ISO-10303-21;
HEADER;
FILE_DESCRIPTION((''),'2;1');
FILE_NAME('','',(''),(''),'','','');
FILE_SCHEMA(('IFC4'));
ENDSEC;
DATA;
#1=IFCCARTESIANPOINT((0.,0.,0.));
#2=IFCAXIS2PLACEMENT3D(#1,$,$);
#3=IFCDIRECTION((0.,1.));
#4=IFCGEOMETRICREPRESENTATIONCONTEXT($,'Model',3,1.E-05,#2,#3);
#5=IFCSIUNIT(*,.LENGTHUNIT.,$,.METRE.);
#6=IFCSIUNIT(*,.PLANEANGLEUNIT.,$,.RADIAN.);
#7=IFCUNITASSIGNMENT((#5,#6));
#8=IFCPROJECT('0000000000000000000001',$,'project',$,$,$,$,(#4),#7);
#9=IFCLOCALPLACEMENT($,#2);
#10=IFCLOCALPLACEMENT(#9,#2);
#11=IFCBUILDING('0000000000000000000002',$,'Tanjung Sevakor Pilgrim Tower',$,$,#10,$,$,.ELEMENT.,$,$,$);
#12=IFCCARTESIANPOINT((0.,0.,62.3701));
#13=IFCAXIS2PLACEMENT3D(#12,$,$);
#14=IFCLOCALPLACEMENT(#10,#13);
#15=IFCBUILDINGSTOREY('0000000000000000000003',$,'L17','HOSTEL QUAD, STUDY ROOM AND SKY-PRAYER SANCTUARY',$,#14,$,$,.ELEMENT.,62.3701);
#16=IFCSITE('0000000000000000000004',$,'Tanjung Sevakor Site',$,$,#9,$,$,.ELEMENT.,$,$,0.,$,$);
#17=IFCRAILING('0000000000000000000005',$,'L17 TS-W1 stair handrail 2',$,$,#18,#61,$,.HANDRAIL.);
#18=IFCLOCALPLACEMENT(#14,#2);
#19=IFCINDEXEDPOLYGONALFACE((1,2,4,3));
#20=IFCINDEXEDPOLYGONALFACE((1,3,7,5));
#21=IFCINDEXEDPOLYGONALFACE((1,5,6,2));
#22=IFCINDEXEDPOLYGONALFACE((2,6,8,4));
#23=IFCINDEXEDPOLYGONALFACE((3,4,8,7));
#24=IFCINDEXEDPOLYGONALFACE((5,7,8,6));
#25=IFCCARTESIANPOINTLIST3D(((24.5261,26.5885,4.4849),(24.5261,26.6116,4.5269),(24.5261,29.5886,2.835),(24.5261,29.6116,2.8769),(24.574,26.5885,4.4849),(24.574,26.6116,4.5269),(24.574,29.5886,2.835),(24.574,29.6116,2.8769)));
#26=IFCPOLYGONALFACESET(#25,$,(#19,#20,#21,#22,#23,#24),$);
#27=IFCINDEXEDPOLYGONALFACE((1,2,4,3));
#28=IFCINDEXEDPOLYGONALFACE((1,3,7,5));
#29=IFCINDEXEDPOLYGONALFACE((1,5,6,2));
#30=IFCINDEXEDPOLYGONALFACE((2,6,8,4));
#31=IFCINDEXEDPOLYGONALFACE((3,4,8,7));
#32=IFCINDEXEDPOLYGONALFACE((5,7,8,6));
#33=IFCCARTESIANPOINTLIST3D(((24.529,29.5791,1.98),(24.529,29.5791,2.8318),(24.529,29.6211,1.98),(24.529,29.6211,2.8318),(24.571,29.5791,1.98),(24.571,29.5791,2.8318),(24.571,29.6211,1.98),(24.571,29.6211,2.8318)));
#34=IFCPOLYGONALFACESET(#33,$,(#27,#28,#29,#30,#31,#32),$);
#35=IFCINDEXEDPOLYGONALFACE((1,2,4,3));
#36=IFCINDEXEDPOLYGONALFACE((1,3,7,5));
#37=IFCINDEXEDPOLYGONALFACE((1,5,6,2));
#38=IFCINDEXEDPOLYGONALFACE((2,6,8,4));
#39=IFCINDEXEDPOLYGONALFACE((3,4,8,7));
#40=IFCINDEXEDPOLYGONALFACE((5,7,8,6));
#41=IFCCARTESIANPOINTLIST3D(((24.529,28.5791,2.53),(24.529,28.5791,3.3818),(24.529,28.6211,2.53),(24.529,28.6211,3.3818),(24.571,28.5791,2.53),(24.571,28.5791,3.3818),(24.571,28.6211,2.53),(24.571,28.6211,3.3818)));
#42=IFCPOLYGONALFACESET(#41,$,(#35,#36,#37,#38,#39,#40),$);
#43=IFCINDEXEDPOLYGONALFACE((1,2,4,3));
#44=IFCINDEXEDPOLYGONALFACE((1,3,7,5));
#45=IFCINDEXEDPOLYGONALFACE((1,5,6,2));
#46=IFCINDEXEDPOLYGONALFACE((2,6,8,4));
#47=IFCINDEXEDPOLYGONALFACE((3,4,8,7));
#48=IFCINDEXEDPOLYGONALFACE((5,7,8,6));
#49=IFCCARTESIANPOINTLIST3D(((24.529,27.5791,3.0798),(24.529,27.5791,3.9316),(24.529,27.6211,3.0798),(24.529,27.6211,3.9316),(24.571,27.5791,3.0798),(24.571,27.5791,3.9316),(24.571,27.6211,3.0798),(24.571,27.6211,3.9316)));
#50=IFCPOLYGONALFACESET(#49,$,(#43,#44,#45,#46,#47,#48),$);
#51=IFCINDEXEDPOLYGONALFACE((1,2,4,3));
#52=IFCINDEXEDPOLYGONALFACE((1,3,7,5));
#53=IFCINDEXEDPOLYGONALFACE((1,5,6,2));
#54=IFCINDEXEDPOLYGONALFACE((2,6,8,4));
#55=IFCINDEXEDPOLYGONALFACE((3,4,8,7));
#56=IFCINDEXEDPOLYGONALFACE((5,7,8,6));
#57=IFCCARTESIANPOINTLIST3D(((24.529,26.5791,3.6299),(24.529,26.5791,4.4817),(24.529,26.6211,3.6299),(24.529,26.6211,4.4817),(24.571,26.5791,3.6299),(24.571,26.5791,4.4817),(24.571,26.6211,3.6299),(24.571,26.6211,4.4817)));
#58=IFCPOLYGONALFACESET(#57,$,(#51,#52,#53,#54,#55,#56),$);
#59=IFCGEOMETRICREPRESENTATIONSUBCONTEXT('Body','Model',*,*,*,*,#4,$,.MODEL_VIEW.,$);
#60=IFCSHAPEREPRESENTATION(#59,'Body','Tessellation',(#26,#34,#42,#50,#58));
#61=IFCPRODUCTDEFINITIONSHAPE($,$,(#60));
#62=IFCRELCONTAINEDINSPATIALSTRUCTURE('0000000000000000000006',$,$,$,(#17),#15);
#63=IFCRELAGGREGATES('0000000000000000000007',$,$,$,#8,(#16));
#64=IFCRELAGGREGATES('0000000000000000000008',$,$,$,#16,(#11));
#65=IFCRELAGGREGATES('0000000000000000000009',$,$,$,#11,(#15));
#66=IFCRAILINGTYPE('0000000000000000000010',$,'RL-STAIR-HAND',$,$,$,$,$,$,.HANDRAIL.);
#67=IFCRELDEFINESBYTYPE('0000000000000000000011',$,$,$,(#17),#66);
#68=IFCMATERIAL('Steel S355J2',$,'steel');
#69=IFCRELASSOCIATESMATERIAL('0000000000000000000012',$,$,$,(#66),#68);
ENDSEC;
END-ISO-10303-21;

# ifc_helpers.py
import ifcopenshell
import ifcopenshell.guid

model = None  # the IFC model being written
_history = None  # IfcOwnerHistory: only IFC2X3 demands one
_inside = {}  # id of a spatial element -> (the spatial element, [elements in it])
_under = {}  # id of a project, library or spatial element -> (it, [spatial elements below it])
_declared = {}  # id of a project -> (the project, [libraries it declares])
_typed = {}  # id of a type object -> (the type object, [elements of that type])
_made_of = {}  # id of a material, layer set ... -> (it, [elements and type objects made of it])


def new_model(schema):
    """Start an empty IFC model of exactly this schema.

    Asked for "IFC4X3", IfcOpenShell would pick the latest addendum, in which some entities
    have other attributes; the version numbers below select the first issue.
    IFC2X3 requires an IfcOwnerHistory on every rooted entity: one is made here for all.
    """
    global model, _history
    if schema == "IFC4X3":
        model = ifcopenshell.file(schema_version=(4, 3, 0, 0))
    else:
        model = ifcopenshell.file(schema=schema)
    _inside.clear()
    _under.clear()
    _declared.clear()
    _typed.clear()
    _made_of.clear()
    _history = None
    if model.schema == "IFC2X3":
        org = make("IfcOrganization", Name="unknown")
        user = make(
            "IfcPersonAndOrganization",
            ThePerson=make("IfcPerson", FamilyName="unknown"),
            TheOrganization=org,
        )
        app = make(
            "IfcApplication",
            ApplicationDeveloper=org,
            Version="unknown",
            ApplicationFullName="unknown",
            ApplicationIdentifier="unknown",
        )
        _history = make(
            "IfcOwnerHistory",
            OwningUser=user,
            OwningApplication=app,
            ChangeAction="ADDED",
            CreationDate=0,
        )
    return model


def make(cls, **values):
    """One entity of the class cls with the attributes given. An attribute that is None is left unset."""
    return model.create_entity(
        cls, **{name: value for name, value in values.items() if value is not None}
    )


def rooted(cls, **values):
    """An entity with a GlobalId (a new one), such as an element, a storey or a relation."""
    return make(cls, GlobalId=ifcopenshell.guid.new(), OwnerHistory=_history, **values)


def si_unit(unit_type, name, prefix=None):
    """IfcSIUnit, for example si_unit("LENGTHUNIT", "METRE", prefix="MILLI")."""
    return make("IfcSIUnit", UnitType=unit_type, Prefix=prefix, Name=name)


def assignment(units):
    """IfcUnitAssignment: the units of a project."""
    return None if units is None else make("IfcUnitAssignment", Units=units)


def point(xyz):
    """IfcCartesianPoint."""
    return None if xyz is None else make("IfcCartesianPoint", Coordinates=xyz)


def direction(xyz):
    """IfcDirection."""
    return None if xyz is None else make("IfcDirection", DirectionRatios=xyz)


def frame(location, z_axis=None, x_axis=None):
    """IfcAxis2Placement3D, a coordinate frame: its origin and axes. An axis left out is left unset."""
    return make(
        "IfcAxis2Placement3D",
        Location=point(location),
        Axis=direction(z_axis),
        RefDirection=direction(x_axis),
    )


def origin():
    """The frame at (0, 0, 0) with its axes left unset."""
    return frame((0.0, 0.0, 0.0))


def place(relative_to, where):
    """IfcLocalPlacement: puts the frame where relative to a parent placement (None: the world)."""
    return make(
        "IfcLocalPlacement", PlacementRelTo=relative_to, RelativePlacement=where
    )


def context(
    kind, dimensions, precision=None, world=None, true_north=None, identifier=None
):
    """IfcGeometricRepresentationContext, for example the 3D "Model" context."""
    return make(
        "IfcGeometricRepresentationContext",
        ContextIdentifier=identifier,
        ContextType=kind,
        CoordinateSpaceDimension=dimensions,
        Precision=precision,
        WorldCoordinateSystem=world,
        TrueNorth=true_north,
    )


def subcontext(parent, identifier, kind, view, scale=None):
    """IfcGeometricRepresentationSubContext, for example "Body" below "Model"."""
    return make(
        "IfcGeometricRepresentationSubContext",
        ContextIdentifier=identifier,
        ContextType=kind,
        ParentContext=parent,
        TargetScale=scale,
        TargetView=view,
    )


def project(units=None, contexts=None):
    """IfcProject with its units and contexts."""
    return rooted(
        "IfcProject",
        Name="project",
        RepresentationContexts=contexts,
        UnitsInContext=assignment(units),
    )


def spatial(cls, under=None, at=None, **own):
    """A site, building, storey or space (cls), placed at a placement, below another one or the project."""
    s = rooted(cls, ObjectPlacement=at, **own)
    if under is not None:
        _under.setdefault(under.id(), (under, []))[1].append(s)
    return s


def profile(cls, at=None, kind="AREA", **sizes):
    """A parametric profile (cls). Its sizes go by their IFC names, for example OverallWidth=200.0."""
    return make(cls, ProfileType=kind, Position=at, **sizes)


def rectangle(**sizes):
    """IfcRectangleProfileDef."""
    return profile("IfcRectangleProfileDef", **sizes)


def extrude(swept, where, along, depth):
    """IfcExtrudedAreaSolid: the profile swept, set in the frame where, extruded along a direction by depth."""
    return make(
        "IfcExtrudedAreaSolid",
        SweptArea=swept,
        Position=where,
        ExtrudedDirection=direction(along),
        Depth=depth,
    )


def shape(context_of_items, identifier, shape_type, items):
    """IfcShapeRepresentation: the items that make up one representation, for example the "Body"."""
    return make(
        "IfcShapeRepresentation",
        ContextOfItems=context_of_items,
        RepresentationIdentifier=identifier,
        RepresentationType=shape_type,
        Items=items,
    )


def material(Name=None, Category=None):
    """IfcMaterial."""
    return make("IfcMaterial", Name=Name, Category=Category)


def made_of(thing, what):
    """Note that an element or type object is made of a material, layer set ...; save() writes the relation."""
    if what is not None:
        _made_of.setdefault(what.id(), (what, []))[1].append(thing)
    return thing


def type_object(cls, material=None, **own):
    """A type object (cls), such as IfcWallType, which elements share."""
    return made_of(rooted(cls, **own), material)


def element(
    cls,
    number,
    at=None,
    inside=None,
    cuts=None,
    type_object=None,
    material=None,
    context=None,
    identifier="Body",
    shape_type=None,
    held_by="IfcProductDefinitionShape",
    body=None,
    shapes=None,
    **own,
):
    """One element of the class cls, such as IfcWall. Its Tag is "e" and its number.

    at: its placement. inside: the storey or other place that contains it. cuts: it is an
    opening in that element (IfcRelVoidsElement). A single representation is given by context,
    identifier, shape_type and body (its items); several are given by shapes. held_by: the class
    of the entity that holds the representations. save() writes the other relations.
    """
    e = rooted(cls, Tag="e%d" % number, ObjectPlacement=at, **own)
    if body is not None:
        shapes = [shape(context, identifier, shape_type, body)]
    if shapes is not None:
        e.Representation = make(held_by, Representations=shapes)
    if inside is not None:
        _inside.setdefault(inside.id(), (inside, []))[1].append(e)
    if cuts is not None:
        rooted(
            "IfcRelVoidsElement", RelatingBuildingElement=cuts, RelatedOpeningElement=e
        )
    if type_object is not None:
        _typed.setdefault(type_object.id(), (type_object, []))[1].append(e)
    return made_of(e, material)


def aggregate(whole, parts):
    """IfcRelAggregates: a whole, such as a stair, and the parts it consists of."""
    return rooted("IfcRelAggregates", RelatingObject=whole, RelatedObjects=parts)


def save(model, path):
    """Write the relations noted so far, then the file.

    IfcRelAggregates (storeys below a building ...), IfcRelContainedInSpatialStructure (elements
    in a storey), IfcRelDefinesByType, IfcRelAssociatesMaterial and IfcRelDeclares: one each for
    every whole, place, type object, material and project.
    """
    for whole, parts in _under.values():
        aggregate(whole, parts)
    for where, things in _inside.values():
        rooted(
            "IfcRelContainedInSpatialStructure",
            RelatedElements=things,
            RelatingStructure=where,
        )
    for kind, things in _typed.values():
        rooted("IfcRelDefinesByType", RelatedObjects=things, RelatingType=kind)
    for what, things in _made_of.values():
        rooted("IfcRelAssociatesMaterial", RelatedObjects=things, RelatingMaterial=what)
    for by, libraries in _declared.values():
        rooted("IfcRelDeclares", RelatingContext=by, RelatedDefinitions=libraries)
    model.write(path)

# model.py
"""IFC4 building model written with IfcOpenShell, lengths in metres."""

from ifc_helpers import new_model, si_unit, direction, frame, origin, place, context, subcontext, project, spatial, rectangle, extrude, material, type_object, element, save


model = new_model("IFC4")

# Units and contexts
model_context = context("Model", 3, precision=1e-05, world=origin(), true_north=direction((0.0, 1.0)))
body_context = subcontext(model_context, "Body", "Model", "MODEL_VIEW")
ifc_project = project(units=[si_unit("LENGTHUNIT", "METRE"), si_unit("PLANEANGLEUNIT", "RADIAN")], contexts=[model_context])

# Site, building, storey
site_placement = place(None, origin())
site = spatial("IfcSite", under=ifc_project, at=site_placement, Name="Tanjung Sevakor Site", CompositionType="ELEMENT", RefElevation=0.0)
building_placement = place(site_placement, origin())
building = spatial("IfcBuilding", under=site, at=building_placement, Name="Tanjung Sevakor Pilgrim Tower", CompositionType="ELEMENT")
storey_placement = place(building_placement, frame((0.0, 0.0, 62.3701)))
storey = spatial("IfcBuildingStorey", under=building, at=storey_placement, Name="L17", Description="HOSTEL QUAD, STUDY ROOM AND SKY-PRAYER SANCTUARY", CompositionType="ELEMENT", Elevation=62.3701)

# Railing
ifc_material_1 = material(Name="Steel S355J2", Category="steel")
railing_type_1 = type_object("IfcRailingType", Name="RL-STAIR-HAND", PredefinedType="HANDRAIL", material=ifc_material_1)
railing_1_placement = place(storey_placement, frame((24.55, 29.6001, 1.98)))
element("IfcRailing", 1, at=railing_1_placement, inside=storey, type_object=railing_type_1, Name="L17 TS-W1 stair handrail 2", PredefinedType="HANDRAIL", context=body_context, shape_type="SweptSolid", body=[
    extrude(rectangle(XDim=0.0479, YDim=0.0479), frame((0.0, 0.0, 0.876), z_axis=(0.0, -0.876228, 0.481897), x_axis=(1.0, 0.0, 0.0)), (0.0, 0.0, 1.0), 3.4238),
    extrude(rectangle(XDim=0.042, YDim=0.042), origin(), (0.0, 0.0, 1.0), 0.8518),
    extrude(rectangle(XDim=0.042, YDim=0.042), frame((0.0, -1.0, 0.55)), (0.0, 0.0, 1.0), 0.8518),
    extrude(rectangle(XDim=0.042, YDim=0.042), frame((0.0, -2.0, 1.0999)), (0.0, 0.0, 1.0), 0.8518),
    extrude(rectangle(XDim=0.042, YDim=0.042), frame((0.0, -3.0, 1.6499)), (0.0, 0.0, 1.0), 0.8518),
])

save(model, "model.ifc")
